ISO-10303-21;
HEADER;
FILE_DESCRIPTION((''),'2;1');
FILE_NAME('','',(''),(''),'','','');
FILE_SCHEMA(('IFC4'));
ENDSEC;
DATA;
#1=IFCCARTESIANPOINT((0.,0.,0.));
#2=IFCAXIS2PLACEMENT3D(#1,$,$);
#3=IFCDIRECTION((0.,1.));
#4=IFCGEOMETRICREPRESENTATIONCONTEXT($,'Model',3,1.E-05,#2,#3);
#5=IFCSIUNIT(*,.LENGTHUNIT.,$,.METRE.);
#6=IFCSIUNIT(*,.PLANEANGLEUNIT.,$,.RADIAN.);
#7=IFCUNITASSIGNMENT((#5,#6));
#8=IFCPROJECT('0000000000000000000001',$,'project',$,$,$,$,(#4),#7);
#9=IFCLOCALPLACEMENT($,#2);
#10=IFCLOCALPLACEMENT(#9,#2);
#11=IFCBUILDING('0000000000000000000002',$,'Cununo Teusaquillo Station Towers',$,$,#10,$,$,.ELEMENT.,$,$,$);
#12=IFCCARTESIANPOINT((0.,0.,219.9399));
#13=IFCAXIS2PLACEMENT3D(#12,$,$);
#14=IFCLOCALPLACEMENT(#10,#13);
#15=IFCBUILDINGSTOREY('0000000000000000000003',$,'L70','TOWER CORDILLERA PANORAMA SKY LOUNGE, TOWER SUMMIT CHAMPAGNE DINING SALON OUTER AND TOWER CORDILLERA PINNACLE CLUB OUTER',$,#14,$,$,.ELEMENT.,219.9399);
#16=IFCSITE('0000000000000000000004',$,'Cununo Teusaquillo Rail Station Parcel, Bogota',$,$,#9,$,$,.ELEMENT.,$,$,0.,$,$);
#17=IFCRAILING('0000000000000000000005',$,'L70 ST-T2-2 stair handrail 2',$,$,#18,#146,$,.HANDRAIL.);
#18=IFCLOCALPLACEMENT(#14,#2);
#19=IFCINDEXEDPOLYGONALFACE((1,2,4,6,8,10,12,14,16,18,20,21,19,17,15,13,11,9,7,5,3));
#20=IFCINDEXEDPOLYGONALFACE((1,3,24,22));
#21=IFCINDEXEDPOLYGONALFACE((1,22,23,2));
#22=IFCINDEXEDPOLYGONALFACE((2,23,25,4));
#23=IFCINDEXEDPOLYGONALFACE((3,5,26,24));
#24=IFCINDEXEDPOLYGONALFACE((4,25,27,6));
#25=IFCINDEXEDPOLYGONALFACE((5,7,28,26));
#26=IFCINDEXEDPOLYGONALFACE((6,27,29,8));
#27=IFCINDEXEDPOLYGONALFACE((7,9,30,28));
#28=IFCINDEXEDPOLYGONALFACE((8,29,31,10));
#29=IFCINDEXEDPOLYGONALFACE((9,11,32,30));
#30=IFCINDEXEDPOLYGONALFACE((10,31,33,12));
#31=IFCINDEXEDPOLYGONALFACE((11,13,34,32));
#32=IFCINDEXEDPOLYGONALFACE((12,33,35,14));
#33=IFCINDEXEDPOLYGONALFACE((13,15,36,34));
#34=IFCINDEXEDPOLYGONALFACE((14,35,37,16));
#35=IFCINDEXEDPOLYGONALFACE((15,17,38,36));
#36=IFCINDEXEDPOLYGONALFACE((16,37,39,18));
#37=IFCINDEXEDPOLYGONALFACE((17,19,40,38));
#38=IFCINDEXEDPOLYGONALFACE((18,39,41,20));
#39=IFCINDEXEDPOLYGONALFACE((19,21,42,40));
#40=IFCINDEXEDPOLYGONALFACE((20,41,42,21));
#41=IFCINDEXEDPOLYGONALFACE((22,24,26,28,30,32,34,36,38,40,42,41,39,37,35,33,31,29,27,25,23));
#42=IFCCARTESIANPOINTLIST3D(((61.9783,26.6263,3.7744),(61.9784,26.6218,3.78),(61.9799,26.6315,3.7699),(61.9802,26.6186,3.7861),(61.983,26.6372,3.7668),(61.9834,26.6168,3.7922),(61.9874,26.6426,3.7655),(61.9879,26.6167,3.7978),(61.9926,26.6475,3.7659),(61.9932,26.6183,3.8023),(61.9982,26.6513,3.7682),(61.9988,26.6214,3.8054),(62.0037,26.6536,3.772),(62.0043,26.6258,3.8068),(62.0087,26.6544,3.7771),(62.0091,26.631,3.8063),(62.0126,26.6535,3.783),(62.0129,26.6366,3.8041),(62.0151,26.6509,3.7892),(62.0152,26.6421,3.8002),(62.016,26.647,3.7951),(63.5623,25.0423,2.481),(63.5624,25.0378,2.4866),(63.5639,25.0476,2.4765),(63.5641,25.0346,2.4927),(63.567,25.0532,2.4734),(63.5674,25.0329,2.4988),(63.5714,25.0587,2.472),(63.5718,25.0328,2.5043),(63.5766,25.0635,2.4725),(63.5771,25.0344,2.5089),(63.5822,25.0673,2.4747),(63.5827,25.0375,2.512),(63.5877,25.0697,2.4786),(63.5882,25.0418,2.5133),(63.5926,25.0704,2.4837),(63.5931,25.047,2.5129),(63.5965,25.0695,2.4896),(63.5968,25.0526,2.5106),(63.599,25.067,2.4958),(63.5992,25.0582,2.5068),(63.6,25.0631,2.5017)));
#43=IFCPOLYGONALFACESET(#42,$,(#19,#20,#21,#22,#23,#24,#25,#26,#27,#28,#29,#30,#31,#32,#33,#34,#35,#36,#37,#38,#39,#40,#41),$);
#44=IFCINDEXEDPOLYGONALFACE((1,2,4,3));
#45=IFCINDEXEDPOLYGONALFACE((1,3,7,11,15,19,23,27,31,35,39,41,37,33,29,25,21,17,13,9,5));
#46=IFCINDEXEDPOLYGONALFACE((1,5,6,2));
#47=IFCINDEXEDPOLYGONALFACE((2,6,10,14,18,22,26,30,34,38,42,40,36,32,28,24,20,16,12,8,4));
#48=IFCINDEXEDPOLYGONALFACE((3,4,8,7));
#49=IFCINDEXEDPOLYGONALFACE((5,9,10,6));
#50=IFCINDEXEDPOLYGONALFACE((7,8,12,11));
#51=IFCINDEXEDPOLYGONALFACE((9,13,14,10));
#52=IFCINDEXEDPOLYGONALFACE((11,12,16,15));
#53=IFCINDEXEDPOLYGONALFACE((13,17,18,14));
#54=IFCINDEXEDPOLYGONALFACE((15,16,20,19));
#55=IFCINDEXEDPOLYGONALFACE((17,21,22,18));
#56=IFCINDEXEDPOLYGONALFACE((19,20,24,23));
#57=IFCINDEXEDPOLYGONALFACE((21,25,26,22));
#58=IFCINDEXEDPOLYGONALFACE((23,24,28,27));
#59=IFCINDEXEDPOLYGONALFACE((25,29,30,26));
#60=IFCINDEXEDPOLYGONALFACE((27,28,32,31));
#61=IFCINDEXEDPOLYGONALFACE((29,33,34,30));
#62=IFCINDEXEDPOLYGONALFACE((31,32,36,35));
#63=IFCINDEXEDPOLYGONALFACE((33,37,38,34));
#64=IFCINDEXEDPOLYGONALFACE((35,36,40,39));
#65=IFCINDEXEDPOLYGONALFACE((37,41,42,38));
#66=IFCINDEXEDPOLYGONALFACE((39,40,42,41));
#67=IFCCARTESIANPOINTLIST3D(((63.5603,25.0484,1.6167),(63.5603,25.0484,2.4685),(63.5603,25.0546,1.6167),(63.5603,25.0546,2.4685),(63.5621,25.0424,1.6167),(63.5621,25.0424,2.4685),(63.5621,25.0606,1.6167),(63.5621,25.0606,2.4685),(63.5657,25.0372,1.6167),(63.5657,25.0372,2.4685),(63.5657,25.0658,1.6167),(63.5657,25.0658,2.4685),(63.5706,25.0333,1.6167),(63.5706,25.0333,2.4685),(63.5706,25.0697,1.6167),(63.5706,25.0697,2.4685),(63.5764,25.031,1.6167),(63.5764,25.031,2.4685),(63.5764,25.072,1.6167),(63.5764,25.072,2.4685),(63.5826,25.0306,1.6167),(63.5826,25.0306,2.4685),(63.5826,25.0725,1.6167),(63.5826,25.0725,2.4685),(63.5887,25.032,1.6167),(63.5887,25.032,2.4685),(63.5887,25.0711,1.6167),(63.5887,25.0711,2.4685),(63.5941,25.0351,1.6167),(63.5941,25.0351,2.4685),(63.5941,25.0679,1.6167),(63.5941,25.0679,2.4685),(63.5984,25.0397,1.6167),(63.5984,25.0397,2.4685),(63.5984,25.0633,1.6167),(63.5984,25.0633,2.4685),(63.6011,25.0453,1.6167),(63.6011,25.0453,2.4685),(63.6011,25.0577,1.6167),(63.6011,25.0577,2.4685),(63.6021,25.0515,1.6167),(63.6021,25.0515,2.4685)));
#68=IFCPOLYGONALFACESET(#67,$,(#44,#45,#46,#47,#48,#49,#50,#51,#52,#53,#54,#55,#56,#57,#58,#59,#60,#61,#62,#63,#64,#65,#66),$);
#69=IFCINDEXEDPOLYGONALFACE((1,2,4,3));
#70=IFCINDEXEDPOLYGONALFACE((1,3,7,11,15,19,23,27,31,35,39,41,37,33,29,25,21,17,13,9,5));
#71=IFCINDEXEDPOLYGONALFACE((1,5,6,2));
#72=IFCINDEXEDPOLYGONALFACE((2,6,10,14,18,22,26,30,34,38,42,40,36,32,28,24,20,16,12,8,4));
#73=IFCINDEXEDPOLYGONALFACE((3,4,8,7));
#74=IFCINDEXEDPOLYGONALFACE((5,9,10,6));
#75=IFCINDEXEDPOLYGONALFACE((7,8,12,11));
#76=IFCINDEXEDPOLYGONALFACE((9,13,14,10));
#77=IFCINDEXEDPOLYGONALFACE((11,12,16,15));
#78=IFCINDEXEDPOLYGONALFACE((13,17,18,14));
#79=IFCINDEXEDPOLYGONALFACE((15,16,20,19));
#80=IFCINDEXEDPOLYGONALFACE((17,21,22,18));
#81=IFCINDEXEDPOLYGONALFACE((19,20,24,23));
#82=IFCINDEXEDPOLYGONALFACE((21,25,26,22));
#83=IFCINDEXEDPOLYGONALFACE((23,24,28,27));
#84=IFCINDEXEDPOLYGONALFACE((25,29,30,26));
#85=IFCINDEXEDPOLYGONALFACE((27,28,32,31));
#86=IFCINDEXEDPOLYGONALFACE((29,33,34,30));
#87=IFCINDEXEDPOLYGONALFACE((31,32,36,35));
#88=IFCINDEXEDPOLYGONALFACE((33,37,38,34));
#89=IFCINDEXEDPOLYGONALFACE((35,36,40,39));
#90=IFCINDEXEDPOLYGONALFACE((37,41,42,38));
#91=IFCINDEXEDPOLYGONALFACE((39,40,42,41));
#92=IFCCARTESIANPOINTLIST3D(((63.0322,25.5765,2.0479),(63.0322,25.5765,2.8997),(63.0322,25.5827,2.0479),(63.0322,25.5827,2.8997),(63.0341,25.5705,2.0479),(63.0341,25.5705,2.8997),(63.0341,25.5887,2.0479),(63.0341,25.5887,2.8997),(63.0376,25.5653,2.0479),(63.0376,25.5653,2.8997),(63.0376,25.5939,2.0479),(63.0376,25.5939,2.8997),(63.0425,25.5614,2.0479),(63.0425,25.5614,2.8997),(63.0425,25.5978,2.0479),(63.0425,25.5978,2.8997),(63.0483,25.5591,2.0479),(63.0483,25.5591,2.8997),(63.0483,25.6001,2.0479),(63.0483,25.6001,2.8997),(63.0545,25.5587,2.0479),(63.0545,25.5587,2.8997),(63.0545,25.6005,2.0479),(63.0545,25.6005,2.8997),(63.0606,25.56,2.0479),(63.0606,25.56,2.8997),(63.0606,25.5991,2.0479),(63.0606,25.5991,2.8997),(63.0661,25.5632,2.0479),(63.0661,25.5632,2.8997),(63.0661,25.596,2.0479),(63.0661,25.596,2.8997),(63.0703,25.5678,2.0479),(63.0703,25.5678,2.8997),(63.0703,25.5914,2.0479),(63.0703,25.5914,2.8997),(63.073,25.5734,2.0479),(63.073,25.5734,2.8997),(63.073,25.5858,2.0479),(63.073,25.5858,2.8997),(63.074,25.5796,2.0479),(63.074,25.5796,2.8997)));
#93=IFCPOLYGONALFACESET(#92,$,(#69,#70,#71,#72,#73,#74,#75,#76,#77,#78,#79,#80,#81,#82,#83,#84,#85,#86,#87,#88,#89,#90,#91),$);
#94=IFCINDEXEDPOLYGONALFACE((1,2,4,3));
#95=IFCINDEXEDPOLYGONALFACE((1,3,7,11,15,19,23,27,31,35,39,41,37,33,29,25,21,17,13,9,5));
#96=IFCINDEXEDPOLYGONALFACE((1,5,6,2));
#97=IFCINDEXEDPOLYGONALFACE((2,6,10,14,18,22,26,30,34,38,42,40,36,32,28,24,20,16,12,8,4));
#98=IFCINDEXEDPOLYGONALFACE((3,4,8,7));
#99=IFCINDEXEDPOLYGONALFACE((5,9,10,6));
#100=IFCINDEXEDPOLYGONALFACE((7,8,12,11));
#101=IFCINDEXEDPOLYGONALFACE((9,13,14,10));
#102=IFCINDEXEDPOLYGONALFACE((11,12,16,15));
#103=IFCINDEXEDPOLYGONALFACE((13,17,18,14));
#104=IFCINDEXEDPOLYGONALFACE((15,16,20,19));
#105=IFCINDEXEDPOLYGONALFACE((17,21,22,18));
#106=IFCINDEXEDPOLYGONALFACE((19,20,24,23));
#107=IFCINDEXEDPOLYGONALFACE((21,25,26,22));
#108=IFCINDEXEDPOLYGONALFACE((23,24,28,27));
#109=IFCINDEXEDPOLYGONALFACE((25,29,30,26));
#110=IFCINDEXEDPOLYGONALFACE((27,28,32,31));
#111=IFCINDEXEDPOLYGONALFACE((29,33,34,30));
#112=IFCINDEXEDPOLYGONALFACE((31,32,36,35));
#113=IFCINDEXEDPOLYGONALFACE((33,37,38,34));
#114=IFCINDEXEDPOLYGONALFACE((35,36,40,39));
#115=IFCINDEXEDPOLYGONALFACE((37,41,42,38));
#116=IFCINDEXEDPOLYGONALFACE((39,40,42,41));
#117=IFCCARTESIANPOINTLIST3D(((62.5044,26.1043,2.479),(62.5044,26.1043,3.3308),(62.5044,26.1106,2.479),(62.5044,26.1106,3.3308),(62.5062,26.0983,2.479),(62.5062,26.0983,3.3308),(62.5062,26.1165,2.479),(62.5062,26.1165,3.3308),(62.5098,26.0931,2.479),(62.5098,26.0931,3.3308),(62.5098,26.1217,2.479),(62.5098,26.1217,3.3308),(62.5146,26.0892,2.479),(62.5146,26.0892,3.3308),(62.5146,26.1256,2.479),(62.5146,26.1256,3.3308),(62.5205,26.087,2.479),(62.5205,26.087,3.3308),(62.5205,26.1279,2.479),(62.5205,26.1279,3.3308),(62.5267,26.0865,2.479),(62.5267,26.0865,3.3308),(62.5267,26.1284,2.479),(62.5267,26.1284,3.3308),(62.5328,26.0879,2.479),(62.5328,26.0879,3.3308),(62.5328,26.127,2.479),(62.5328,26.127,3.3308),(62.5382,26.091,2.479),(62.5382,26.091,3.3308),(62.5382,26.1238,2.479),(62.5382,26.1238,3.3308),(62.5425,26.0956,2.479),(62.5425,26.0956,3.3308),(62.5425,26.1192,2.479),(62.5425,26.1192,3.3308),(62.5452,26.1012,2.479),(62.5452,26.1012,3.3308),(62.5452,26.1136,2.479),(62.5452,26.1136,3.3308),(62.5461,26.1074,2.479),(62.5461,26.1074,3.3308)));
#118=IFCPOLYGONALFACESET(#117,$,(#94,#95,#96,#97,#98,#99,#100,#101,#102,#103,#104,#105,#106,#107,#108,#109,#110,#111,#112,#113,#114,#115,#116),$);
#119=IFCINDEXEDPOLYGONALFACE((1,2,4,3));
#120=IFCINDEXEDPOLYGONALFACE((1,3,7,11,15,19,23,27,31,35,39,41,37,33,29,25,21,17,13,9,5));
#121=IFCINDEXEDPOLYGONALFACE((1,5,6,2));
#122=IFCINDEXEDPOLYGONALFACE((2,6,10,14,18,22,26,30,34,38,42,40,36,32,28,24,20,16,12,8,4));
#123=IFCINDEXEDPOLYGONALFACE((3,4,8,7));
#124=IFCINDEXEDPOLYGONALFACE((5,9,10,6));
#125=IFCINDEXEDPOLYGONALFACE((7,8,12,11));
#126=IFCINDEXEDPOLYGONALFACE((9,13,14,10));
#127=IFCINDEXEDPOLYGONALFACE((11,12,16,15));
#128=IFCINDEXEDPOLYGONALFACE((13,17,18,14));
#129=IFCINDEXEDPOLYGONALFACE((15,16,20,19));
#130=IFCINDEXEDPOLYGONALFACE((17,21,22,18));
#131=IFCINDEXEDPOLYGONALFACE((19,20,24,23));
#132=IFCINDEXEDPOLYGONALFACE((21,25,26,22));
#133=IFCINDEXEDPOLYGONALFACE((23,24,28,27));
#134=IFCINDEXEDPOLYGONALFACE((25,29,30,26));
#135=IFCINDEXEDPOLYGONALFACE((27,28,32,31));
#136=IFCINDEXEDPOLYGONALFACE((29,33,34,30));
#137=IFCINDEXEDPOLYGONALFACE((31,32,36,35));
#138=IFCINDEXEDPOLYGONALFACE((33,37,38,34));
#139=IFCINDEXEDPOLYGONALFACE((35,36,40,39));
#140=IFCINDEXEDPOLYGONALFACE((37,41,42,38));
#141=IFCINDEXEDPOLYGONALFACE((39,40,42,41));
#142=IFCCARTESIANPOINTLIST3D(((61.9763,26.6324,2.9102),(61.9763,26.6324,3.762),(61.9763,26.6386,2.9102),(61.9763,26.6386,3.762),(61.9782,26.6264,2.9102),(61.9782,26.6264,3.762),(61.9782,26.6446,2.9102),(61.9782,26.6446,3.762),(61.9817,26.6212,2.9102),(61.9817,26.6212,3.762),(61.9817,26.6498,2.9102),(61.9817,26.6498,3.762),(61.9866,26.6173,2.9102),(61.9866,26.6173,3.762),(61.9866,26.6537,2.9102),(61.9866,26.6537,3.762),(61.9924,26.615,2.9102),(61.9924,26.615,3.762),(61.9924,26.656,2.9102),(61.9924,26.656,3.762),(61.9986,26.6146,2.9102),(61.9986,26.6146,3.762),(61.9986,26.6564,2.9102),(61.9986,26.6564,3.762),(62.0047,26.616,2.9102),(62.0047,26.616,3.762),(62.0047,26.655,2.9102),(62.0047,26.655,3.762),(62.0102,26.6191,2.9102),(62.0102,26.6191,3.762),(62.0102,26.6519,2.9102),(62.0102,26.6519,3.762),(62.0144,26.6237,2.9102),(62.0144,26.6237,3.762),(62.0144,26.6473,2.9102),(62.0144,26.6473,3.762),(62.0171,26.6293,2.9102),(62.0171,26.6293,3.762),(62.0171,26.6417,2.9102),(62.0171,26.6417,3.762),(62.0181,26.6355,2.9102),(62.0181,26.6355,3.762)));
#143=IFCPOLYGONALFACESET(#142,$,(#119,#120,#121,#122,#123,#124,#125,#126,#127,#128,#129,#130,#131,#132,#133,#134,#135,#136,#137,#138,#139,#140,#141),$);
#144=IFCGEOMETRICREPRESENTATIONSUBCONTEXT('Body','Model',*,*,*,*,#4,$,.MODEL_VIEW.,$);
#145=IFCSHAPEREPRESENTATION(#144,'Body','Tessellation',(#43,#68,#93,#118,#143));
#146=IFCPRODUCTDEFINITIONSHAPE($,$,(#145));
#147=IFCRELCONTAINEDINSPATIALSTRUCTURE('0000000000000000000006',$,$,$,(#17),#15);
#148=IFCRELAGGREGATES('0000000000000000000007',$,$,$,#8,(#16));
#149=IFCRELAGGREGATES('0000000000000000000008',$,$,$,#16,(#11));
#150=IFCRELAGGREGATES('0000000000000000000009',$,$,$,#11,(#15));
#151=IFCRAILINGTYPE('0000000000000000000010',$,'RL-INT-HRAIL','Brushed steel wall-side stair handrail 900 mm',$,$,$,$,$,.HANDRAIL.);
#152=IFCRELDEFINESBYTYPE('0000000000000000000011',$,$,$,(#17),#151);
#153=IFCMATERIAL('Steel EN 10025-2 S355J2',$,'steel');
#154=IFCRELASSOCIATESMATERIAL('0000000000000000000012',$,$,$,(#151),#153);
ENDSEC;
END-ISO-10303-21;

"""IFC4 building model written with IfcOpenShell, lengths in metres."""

from ifc_helpers import new_model, si_unit, direction, frame, origin, origin_2d, place, context, subcontext, project, spatial, circle, extrude, material, type_object, element, save


model = new_model("IFC4")

# Units and contexts
model_context = context("Model", 3, precision=1e-05, world=origin(), true_north=direction((0.0, 1.0)))
body_context = subcontext(model_context, "Body", "Model", "MODEL_VIEW")
ifc_project = project(units=[si_unit("LENGTHUNIT", "METRE"), si_unit("PLANEANGLEUNIT", "RADIAN")], contexts=[model_context])

# Site, building, storey
site_placement = place(None, origin())
site = spatial("IfcSite", under=ifc_project, at=site_placement, Name="Cununo Teusaquillo Rail Station Parcel, Bogota", CompositionType="ELEMENT", RefElevation=0.0)
building_placement = place(site_placement, origin())
building = spatial("IfcBuilding", under=site, at=building_placement, Name="Cununo Teusaquillo Station Towers", CompositionType="ELEMENT")
storey_placement = place(building_placement, frame((0.0, 0.0, 219.9399)))
storey = spatial("IfcBuildingStorey", under=building, at=storey_placement, Name="L70", Description="TOWER CORDILLERA PANORAMA SKY LOUNGE, TOWER SUMMIT CHAMPAGNE DINING SALON OUTER AND TOWER CORDILLERA PINNACLE CLUB OUTER", CompositionType="ELEMENT", Elevation=219.9399)

# Railing
ifc_material_1 = material(Name="Steel EN 10025-2 S355J2", Category="steel")
railing_type_1 = type_object("IfcRailingType", Name="RL-INT-HRAIL", Description="Brushed steel wall-side stair handrail 900 mm", PredefinedType="HANDRAIL", material=ifc_material_1)
railing_1_placement = place(storey_placement, frame((63.5811, 25.0515, 1.6167)))
element("IfcRailing", 1, at=railing_1_placement, inside=storey, type_object=railing_type_1, Name="L70 ST-T2-2 stair handrail 2", PredefinedType="HANDRAIL", context=body_context, shape_type="SweptSolid", body=[
    extrude(circle(Radius=0.0239, at=origin_2d()), frame((0.0, 0.0, 0.876), z_axis=(-0.612356, 0.612356, 0.50004), x_axis=(-0.707107, -0.707107, 0.0)), (0.0, 0.0, 1.0), 2.5867),
    extrude(circle(Radius=0.021, at=origin_2d()), origin(), (0.0, 0.0, 1.0), 0.8518),
    extrude(circle(Radius=0.021, at=origin_2d()), frame((-0.5281, 0.5281, 0.4312)), (0.0, 0.0, 1.0), 0.8518),
    extrude(circle(Radius=0.021, at=origin_2d()), frame((-1.0559, 1.0559, 0.8623)), (0.0, 0.0, 1.0), 0.8518),
    extrude(circle(Radius=0.021, at=origin_2d()), frame((-1.584, 1.584, 1.2935)), (0.0, 0.0, 1.0), 0.8518),
])

save(model, "model.ifc")
